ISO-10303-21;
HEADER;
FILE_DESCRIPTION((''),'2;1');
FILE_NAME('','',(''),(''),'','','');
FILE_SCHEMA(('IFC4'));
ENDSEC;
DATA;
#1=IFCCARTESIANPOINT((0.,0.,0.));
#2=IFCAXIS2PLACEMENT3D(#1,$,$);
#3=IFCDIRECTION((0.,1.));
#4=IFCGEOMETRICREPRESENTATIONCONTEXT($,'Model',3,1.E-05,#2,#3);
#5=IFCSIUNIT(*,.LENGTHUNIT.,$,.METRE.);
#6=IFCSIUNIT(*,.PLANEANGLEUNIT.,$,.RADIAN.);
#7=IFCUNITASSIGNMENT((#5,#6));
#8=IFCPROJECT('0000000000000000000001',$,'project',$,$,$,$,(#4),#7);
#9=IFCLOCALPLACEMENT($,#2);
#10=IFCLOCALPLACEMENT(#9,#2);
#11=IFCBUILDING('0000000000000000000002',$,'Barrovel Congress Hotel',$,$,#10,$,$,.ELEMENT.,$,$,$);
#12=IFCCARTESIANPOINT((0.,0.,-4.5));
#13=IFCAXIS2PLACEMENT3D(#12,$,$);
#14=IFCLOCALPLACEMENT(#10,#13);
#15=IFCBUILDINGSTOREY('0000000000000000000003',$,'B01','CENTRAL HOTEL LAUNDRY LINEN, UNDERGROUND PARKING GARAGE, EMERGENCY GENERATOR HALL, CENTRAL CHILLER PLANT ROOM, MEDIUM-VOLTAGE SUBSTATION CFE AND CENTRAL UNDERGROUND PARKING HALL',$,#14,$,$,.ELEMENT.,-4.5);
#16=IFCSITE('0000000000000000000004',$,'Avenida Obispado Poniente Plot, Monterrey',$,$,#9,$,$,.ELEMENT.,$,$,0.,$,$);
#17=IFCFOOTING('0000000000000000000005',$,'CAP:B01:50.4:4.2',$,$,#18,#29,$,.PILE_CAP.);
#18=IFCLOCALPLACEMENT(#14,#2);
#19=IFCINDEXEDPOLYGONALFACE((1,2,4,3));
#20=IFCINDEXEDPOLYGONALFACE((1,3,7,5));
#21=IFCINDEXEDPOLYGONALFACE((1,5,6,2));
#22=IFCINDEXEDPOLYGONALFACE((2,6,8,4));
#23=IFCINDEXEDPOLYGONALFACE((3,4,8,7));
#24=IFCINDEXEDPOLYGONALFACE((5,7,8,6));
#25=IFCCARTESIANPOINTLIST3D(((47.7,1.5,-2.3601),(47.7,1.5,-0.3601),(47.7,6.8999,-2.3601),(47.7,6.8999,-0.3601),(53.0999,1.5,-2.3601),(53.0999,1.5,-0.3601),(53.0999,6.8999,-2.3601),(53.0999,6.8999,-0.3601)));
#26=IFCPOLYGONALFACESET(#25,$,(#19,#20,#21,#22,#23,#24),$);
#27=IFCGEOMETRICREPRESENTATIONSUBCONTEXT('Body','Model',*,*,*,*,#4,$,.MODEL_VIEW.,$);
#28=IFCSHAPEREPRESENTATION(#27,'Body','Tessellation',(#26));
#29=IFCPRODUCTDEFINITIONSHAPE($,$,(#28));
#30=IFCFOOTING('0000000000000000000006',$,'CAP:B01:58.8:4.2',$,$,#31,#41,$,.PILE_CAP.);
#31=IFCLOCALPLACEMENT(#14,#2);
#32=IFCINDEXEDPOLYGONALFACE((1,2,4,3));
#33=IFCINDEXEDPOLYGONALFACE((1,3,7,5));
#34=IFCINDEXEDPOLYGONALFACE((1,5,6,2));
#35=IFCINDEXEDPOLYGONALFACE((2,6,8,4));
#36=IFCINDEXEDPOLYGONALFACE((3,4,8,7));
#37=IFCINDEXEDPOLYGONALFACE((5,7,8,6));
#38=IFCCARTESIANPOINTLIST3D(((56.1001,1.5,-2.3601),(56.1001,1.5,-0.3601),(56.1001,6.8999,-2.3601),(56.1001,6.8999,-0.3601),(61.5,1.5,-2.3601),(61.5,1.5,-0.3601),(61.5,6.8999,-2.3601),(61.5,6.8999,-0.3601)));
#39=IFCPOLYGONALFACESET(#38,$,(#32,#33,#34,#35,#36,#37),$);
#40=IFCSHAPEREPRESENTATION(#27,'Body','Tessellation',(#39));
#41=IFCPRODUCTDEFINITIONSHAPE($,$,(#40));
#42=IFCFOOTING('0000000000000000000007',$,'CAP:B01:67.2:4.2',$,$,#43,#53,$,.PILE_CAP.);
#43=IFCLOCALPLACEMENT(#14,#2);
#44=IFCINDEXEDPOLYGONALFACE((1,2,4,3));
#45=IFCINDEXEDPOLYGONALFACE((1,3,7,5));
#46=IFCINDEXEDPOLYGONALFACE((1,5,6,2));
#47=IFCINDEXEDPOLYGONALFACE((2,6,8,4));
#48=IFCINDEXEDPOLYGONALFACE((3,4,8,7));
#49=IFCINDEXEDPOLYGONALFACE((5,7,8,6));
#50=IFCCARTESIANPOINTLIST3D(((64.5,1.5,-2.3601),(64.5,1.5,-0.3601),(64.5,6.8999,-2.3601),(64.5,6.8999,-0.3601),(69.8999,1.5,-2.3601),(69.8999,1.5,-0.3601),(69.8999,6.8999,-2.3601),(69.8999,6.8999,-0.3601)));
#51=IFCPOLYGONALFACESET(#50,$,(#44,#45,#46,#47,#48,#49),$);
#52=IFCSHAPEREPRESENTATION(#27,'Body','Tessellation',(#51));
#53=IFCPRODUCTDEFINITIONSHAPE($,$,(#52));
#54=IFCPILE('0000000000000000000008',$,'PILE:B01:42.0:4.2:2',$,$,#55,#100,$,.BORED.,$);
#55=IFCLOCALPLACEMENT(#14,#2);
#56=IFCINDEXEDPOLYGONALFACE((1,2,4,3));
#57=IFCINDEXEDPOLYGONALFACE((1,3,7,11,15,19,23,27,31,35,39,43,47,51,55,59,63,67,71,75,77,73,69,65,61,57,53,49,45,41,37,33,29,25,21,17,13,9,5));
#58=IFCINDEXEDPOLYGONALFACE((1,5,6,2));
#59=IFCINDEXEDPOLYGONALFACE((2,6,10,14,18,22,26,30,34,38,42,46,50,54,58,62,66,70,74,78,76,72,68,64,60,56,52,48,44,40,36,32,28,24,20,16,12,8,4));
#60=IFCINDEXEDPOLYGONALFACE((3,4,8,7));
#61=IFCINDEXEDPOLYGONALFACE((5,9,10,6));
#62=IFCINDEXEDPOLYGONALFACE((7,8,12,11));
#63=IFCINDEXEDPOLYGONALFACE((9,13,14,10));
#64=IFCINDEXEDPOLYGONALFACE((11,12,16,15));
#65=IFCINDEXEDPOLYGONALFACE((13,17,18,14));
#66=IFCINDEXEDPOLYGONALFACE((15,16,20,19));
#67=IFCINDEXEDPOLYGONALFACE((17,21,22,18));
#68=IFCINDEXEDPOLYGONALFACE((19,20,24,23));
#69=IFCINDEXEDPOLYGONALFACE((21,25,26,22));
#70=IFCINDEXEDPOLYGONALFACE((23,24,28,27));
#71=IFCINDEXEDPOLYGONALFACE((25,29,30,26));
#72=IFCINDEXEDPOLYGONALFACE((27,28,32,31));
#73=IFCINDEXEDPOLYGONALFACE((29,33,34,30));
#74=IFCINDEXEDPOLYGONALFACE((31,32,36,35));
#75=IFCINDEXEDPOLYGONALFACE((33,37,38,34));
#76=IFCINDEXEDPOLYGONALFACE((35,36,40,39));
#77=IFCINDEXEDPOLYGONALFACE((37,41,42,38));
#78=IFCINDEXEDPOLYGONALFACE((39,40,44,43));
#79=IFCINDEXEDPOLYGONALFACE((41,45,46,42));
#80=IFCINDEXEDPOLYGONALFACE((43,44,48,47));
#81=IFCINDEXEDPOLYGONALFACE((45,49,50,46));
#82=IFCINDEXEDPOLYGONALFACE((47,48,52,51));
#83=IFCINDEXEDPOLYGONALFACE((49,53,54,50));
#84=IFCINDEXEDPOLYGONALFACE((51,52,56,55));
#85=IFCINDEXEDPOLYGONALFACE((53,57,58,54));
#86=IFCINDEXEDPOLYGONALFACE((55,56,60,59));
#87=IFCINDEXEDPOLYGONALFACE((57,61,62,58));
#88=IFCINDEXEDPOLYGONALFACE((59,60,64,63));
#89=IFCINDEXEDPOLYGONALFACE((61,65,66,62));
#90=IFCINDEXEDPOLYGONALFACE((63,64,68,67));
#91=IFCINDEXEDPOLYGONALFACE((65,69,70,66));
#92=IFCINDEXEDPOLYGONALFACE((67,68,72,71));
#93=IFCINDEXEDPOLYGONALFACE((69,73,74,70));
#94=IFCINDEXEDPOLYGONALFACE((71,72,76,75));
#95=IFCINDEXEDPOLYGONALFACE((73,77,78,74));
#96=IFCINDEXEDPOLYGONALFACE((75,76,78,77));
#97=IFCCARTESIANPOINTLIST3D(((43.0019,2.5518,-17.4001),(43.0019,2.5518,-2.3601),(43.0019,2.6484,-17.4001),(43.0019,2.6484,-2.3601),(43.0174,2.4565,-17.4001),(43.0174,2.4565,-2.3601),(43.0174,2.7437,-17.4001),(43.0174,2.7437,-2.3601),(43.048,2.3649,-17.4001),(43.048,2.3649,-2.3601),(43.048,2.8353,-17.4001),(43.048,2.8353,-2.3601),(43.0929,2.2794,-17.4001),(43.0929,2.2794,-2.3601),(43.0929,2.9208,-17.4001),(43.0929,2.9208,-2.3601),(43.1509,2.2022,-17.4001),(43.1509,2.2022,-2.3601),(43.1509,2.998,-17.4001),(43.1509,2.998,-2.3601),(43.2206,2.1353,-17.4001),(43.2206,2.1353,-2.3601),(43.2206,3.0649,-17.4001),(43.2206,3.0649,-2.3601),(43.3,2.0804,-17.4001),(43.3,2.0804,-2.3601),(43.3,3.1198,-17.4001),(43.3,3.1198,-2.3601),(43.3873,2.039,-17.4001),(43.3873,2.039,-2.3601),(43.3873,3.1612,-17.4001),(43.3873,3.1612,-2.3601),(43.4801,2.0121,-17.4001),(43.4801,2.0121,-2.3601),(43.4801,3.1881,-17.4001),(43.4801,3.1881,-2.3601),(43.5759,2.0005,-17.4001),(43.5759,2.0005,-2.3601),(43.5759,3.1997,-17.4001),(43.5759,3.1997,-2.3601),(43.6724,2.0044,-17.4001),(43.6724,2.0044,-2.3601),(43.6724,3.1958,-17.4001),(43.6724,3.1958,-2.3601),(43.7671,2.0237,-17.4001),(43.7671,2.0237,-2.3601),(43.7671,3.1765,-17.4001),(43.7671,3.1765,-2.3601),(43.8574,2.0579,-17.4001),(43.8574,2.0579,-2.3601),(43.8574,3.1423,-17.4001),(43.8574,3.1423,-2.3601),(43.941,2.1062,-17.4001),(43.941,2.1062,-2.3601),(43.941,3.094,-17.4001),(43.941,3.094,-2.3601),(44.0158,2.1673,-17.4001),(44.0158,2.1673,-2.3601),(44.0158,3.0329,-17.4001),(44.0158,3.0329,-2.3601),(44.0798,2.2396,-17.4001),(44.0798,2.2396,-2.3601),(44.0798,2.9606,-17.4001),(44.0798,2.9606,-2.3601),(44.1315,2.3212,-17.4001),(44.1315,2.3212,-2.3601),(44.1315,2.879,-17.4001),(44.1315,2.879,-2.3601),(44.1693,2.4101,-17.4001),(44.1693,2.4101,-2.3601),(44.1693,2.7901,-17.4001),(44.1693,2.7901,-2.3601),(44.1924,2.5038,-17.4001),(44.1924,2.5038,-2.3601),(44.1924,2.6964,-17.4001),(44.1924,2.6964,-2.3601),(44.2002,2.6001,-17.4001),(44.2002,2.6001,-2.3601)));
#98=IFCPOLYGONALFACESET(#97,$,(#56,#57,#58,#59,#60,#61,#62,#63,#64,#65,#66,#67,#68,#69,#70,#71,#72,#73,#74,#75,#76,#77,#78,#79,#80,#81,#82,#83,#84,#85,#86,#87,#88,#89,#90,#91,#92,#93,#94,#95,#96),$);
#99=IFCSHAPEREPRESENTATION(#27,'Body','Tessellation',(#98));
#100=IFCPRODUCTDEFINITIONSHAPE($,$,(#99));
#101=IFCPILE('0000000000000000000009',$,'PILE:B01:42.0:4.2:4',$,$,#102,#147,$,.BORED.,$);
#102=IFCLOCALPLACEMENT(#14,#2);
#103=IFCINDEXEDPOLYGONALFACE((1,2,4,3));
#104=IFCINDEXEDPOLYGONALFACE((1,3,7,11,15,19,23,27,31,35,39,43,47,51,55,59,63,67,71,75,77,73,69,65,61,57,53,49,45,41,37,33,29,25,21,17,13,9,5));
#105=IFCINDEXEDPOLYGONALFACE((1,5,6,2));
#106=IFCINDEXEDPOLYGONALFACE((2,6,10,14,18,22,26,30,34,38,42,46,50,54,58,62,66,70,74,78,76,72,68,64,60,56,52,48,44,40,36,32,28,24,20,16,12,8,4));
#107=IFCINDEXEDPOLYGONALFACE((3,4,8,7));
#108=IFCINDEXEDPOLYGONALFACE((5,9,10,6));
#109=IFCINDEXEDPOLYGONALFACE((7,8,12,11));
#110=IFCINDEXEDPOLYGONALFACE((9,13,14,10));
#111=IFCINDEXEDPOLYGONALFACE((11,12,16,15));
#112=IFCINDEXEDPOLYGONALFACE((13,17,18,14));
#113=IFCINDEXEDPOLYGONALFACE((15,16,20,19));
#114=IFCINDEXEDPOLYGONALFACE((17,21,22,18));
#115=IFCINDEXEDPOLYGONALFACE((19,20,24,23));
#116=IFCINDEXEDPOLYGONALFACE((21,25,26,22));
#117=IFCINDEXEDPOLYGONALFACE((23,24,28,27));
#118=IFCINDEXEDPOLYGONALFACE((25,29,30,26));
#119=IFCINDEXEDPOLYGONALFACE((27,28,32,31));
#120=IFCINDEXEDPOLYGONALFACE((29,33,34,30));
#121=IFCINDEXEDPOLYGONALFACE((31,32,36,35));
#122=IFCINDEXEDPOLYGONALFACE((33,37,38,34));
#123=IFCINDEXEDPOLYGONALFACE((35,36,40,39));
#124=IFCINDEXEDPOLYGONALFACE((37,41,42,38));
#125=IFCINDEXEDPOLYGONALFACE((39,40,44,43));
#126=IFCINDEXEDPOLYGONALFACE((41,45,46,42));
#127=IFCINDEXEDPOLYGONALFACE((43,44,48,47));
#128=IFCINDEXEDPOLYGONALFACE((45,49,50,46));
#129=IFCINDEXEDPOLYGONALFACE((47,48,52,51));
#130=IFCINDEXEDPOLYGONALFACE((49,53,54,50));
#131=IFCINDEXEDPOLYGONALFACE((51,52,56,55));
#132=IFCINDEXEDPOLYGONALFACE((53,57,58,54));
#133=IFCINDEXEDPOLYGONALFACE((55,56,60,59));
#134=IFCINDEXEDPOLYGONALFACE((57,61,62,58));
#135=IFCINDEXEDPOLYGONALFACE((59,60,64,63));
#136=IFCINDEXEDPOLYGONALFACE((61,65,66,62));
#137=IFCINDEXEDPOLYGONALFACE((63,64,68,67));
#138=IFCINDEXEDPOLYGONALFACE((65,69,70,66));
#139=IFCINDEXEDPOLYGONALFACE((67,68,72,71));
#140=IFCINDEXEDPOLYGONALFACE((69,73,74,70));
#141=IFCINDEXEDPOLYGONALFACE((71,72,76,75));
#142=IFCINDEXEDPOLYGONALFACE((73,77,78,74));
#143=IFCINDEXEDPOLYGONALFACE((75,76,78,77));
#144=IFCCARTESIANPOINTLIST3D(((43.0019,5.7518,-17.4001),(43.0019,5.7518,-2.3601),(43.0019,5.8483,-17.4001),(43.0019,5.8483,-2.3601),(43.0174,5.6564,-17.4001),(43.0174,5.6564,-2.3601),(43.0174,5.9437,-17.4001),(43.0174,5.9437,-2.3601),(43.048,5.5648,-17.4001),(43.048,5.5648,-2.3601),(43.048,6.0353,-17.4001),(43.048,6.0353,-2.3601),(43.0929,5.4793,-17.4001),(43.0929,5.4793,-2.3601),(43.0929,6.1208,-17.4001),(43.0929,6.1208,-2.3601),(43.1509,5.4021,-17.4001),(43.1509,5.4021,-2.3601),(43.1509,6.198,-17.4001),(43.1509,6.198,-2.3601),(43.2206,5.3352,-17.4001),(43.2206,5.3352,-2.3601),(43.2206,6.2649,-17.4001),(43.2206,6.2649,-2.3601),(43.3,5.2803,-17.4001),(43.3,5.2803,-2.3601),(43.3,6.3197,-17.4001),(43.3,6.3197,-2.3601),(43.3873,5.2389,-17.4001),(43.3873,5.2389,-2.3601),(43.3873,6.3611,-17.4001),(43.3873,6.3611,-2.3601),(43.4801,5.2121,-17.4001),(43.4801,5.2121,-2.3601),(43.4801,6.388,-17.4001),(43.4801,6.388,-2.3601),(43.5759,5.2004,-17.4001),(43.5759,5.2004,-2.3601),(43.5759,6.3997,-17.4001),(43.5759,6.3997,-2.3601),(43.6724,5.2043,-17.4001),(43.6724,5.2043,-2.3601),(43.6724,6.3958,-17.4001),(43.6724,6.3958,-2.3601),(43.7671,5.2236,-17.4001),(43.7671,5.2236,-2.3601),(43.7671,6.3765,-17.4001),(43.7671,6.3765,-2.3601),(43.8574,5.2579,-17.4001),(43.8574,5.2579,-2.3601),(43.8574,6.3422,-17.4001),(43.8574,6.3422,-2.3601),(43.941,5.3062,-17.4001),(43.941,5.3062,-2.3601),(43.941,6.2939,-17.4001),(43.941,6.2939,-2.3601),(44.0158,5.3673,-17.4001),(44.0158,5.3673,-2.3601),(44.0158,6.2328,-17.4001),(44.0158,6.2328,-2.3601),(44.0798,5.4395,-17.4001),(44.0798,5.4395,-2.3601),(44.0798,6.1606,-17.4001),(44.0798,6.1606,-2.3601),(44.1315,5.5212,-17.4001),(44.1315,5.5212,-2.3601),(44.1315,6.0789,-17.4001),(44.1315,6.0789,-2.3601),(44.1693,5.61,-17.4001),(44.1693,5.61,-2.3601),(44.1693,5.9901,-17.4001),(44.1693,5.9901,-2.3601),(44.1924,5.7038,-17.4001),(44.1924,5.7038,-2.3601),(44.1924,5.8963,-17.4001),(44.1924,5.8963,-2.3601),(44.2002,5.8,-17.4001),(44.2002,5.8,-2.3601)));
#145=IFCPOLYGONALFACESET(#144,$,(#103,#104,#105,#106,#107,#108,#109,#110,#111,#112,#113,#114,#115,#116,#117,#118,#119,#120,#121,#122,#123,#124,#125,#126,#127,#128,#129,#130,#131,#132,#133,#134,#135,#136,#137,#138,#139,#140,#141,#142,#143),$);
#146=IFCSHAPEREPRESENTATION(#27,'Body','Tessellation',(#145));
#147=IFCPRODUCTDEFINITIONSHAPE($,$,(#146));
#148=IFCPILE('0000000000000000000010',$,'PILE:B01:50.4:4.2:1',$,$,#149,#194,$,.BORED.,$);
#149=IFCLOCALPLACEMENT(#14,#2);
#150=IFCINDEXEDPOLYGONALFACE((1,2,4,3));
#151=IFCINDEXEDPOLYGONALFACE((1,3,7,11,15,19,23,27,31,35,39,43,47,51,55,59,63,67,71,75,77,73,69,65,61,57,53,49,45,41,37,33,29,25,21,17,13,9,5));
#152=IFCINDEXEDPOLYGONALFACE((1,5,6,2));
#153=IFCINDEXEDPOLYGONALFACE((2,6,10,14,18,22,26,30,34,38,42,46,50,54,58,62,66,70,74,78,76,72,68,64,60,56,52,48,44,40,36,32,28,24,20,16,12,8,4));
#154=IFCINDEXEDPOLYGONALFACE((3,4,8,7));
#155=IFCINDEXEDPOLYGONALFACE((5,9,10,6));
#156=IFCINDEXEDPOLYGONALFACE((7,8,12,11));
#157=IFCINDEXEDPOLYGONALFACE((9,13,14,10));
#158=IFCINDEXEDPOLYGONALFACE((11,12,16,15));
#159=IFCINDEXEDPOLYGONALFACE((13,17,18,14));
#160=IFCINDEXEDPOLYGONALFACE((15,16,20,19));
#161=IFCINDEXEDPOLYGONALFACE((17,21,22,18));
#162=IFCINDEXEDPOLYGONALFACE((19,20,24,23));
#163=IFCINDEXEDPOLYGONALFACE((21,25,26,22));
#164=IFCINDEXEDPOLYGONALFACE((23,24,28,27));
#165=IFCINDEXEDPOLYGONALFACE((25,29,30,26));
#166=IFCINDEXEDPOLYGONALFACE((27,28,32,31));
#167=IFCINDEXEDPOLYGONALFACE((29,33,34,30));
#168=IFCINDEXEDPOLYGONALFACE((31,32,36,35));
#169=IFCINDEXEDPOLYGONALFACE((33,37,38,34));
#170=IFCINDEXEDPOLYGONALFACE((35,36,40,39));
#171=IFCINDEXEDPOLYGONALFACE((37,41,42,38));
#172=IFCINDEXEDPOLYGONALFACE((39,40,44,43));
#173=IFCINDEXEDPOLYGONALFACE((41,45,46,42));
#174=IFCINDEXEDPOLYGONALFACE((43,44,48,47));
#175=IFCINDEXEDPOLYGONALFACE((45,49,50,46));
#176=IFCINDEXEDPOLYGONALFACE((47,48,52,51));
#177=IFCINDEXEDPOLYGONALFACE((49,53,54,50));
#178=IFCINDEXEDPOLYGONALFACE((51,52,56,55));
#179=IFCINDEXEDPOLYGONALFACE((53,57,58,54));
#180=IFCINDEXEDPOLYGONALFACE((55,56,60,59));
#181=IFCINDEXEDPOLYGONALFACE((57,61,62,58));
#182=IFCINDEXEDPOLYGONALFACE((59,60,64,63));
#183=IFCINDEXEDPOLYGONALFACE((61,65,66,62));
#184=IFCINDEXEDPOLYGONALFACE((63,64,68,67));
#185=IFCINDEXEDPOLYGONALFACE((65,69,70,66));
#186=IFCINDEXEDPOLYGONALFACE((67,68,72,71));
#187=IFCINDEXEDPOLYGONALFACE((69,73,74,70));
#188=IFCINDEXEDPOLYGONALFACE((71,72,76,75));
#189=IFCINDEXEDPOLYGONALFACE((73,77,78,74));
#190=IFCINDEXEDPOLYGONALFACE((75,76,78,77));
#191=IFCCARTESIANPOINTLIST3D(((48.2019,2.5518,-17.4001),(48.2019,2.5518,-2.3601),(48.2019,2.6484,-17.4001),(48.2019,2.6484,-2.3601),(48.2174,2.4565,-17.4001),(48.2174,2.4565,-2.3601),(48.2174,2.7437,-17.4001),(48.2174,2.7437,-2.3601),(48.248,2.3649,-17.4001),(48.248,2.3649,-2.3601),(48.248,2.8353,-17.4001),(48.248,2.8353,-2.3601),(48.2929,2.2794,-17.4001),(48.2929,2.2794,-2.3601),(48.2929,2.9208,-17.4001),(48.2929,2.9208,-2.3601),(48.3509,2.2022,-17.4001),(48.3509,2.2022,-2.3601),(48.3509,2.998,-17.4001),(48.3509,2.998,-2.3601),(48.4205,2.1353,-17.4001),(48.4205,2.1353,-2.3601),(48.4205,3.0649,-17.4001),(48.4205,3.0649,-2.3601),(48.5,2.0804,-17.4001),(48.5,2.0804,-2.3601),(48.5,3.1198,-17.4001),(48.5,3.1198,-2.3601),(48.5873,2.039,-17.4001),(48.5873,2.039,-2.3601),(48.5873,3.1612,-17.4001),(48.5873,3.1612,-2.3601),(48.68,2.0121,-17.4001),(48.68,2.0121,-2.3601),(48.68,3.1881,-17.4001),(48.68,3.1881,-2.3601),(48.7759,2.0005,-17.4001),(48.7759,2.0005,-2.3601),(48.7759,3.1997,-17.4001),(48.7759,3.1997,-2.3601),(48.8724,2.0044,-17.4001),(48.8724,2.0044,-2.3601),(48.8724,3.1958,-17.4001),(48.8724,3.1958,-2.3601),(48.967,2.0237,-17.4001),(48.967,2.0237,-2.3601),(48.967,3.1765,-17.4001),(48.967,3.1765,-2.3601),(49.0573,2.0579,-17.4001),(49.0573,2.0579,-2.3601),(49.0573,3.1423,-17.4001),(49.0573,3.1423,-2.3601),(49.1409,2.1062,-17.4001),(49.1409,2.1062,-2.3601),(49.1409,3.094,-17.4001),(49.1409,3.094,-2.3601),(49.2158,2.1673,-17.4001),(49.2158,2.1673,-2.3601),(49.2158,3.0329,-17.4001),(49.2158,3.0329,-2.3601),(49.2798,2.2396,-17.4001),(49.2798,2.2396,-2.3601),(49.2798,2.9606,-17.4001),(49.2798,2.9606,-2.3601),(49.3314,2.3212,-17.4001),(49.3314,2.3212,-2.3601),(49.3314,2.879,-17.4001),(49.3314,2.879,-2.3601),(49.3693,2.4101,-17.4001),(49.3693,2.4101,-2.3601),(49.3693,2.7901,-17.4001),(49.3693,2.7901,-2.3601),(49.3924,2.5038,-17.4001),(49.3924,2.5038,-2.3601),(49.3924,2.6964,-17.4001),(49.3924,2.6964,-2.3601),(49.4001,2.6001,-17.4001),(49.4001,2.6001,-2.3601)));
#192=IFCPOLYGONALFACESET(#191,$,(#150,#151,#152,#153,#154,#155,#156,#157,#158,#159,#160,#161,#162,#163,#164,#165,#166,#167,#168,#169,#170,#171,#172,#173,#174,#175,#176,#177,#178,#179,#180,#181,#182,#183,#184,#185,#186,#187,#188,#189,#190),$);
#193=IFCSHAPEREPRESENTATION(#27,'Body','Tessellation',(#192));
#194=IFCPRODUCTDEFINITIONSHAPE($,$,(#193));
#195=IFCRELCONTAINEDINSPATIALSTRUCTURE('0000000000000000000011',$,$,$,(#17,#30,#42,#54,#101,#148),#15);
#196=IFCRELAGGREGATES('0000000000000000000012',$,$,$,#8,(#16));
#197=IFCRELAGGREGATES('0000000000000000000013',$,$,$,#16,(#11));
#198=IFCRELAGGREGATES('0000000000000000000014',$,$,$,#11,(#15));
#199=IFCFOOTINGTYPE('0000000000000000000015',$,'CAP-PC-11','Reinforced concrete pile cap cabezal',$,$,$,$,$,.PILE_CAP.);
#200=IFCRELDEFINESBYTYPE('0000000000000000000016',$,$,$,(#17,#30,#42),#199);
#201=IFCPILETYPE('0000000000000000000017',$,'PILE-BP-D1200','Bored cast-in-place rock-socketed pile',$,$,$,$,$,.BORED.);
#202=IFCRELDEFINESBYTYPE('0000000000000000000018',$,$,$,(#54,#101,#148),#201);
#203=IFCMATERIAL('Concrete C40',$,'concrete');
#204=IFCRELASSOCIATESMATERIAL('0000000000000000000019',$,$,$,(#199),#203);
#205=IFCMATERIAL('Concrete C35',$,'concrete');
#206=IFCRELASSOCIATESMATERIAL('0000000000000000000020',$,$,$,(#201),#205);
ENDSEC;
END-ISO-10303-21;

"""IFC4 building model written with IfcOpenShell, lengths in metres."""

from ifc_helpers import new_model, si_unit, direction, frame, origin, origin_2d, place, context, subcontext, project, spatial, rectangle, circle, extrude, material, material_profile, profile_set, type_object, element, save


model = new_model("IFC4")

# Units and contexts
model_context = context("Model", 3, precision=1e-05, world=origin(), true_north=direction((0.0, 1.0)))
body_context = subcontext(model_context, "Body", "Model", "MODEL_VIEW")
ifc_project = project(units=[si_unit("LENGTHUNIT", "METRE"), si_unit("PLANEANGLEUNIT", "RADIAN")], contexts=[model_context])

# Site, building, storey
site_placement = place(None, origin())
site = spatial("IfcSite", under=ifc_project, at=site_placement, Name="Avenida Obispado Poniente Plot, Monterrey", CompositionType="ELEMENT", RefElevation=0.0)
building_placement = place(site_placement, origin())
building = spatial("IfcBuilding", under=site, at=building_placement, Name="Barrovel Congress Hotel", CompositionType="ELEMENT")
storey_placement = place(building_placement, frame((0.0, 0.0, -4.5)))
storey = spatial("IfcBuildingStorey", under=building, at=storey_placement, Name="B01", Description="CENTRAL HOTEL LAUNDRY LINEN, UNDERGROUND PARKING GARAGE, EMERGENCY GENERATOR HALL, CENTRAL CHILLER PLANT ROOM, MEDIUM-VOLTAGE SUBSTATION CFE AND CENTRAL UNDERGROUND PARKING HALL", CompositionType="ELEMENT", Elevation=-4.5)

# Footings
ifc_material_1 = material(Name="Concrete C40", Category="concrete")
footing_type = type_object("IfcFootingType", Name="CAP-PC-11", Description="Reinforced concrete pile cap cabezal", PredefinedType="PILE_CAP", material=ifc_material_1)
for number, where, z_axis, x_axis, name in (
    (1, (50.3999, 4.2, -2.3601), (0.0, 0.0, 1.0), (1.0, 0.0, 0.0), "CAP:B01:50.4:4.2"),
    (2, (58.8, 4.2, -2.3601), (0.0, 0.0, 1.0), (1.0, 0.0, 0.0), "CAP:B01:58.8:4.2"),
    (3, (67.2, 4.2, -2.3601), (0.0, 0.0, 1.0), (1.0, 0.0, 0.0), "CAP:B01:67.2:4.2"),
):
    element("IfcFooting", number, at=place(storey_placement, frame(where, z_axis=z_axis, x_axis=x_axis)), inside=storey, type_object=footing_type, Name=name, PredefinedType="PILE_CAP", context=body_context, shape_type="SweptSolid", body=[
        extrude(rectangle(XDim=5.3999, YDim=5.3999, at=origin_2d()), origin(), (0.0, 0.0, 1.0), 2.0),
    ])

# Piles
ifc_material_2 = material(Name="Concrete C35", Category="concrete")
ifc_material_profile_1 = material_profile(ifc_material_2, circle(Radius=0.6001, at=origin_2d()), Name="BP-D1200")
ifc_profile_set_1 = profile_set([ifc_material_profile_1], Name="Concrete C35")
pile_type = type_object("IfcPileType", Name="PILE-BP-D1200", Description="Bored cast-in-place rock-socketed pile", PredefinedType="BORED", material=ifc_profile_set_1)
for number, where, z_axis, x_axis, name in (
    (4, (43.6001, 2.6001, -2.3601), (0.0, 0.0, -1.0), (1.0, 0.0, 0.0), "PILE:B01:42.0:4.2:2"),
    (5, (43.6001, 5.8, -2.3601), (0.0, 0.0, -1.0), (1.0, 0.0, 0.0), "PILE:B01:42.0:4.2:4"),
    (6, (48.8, 2.6001, -2.3601), (0.0, 0.0, -1.0), (1.0, 0.0, 0.0), "PILE:B01:50.4:4.2:1"),
):
    element("IfcPile", number, at=place(storey_placement, frame(where, z_axis=z_axis, x_axis=x_axis)), inside=storey, type_object=pile_type, Name=name, PredefinedType="BORED", context=body_context, shape_type="SweptSolid", body=[
        extrude(circle(Radius=0.6001, at=origin_2d()), origin(), (0.0, 0.0, 1.0), 15.04),
    ])

save(model, "model.ifc")
